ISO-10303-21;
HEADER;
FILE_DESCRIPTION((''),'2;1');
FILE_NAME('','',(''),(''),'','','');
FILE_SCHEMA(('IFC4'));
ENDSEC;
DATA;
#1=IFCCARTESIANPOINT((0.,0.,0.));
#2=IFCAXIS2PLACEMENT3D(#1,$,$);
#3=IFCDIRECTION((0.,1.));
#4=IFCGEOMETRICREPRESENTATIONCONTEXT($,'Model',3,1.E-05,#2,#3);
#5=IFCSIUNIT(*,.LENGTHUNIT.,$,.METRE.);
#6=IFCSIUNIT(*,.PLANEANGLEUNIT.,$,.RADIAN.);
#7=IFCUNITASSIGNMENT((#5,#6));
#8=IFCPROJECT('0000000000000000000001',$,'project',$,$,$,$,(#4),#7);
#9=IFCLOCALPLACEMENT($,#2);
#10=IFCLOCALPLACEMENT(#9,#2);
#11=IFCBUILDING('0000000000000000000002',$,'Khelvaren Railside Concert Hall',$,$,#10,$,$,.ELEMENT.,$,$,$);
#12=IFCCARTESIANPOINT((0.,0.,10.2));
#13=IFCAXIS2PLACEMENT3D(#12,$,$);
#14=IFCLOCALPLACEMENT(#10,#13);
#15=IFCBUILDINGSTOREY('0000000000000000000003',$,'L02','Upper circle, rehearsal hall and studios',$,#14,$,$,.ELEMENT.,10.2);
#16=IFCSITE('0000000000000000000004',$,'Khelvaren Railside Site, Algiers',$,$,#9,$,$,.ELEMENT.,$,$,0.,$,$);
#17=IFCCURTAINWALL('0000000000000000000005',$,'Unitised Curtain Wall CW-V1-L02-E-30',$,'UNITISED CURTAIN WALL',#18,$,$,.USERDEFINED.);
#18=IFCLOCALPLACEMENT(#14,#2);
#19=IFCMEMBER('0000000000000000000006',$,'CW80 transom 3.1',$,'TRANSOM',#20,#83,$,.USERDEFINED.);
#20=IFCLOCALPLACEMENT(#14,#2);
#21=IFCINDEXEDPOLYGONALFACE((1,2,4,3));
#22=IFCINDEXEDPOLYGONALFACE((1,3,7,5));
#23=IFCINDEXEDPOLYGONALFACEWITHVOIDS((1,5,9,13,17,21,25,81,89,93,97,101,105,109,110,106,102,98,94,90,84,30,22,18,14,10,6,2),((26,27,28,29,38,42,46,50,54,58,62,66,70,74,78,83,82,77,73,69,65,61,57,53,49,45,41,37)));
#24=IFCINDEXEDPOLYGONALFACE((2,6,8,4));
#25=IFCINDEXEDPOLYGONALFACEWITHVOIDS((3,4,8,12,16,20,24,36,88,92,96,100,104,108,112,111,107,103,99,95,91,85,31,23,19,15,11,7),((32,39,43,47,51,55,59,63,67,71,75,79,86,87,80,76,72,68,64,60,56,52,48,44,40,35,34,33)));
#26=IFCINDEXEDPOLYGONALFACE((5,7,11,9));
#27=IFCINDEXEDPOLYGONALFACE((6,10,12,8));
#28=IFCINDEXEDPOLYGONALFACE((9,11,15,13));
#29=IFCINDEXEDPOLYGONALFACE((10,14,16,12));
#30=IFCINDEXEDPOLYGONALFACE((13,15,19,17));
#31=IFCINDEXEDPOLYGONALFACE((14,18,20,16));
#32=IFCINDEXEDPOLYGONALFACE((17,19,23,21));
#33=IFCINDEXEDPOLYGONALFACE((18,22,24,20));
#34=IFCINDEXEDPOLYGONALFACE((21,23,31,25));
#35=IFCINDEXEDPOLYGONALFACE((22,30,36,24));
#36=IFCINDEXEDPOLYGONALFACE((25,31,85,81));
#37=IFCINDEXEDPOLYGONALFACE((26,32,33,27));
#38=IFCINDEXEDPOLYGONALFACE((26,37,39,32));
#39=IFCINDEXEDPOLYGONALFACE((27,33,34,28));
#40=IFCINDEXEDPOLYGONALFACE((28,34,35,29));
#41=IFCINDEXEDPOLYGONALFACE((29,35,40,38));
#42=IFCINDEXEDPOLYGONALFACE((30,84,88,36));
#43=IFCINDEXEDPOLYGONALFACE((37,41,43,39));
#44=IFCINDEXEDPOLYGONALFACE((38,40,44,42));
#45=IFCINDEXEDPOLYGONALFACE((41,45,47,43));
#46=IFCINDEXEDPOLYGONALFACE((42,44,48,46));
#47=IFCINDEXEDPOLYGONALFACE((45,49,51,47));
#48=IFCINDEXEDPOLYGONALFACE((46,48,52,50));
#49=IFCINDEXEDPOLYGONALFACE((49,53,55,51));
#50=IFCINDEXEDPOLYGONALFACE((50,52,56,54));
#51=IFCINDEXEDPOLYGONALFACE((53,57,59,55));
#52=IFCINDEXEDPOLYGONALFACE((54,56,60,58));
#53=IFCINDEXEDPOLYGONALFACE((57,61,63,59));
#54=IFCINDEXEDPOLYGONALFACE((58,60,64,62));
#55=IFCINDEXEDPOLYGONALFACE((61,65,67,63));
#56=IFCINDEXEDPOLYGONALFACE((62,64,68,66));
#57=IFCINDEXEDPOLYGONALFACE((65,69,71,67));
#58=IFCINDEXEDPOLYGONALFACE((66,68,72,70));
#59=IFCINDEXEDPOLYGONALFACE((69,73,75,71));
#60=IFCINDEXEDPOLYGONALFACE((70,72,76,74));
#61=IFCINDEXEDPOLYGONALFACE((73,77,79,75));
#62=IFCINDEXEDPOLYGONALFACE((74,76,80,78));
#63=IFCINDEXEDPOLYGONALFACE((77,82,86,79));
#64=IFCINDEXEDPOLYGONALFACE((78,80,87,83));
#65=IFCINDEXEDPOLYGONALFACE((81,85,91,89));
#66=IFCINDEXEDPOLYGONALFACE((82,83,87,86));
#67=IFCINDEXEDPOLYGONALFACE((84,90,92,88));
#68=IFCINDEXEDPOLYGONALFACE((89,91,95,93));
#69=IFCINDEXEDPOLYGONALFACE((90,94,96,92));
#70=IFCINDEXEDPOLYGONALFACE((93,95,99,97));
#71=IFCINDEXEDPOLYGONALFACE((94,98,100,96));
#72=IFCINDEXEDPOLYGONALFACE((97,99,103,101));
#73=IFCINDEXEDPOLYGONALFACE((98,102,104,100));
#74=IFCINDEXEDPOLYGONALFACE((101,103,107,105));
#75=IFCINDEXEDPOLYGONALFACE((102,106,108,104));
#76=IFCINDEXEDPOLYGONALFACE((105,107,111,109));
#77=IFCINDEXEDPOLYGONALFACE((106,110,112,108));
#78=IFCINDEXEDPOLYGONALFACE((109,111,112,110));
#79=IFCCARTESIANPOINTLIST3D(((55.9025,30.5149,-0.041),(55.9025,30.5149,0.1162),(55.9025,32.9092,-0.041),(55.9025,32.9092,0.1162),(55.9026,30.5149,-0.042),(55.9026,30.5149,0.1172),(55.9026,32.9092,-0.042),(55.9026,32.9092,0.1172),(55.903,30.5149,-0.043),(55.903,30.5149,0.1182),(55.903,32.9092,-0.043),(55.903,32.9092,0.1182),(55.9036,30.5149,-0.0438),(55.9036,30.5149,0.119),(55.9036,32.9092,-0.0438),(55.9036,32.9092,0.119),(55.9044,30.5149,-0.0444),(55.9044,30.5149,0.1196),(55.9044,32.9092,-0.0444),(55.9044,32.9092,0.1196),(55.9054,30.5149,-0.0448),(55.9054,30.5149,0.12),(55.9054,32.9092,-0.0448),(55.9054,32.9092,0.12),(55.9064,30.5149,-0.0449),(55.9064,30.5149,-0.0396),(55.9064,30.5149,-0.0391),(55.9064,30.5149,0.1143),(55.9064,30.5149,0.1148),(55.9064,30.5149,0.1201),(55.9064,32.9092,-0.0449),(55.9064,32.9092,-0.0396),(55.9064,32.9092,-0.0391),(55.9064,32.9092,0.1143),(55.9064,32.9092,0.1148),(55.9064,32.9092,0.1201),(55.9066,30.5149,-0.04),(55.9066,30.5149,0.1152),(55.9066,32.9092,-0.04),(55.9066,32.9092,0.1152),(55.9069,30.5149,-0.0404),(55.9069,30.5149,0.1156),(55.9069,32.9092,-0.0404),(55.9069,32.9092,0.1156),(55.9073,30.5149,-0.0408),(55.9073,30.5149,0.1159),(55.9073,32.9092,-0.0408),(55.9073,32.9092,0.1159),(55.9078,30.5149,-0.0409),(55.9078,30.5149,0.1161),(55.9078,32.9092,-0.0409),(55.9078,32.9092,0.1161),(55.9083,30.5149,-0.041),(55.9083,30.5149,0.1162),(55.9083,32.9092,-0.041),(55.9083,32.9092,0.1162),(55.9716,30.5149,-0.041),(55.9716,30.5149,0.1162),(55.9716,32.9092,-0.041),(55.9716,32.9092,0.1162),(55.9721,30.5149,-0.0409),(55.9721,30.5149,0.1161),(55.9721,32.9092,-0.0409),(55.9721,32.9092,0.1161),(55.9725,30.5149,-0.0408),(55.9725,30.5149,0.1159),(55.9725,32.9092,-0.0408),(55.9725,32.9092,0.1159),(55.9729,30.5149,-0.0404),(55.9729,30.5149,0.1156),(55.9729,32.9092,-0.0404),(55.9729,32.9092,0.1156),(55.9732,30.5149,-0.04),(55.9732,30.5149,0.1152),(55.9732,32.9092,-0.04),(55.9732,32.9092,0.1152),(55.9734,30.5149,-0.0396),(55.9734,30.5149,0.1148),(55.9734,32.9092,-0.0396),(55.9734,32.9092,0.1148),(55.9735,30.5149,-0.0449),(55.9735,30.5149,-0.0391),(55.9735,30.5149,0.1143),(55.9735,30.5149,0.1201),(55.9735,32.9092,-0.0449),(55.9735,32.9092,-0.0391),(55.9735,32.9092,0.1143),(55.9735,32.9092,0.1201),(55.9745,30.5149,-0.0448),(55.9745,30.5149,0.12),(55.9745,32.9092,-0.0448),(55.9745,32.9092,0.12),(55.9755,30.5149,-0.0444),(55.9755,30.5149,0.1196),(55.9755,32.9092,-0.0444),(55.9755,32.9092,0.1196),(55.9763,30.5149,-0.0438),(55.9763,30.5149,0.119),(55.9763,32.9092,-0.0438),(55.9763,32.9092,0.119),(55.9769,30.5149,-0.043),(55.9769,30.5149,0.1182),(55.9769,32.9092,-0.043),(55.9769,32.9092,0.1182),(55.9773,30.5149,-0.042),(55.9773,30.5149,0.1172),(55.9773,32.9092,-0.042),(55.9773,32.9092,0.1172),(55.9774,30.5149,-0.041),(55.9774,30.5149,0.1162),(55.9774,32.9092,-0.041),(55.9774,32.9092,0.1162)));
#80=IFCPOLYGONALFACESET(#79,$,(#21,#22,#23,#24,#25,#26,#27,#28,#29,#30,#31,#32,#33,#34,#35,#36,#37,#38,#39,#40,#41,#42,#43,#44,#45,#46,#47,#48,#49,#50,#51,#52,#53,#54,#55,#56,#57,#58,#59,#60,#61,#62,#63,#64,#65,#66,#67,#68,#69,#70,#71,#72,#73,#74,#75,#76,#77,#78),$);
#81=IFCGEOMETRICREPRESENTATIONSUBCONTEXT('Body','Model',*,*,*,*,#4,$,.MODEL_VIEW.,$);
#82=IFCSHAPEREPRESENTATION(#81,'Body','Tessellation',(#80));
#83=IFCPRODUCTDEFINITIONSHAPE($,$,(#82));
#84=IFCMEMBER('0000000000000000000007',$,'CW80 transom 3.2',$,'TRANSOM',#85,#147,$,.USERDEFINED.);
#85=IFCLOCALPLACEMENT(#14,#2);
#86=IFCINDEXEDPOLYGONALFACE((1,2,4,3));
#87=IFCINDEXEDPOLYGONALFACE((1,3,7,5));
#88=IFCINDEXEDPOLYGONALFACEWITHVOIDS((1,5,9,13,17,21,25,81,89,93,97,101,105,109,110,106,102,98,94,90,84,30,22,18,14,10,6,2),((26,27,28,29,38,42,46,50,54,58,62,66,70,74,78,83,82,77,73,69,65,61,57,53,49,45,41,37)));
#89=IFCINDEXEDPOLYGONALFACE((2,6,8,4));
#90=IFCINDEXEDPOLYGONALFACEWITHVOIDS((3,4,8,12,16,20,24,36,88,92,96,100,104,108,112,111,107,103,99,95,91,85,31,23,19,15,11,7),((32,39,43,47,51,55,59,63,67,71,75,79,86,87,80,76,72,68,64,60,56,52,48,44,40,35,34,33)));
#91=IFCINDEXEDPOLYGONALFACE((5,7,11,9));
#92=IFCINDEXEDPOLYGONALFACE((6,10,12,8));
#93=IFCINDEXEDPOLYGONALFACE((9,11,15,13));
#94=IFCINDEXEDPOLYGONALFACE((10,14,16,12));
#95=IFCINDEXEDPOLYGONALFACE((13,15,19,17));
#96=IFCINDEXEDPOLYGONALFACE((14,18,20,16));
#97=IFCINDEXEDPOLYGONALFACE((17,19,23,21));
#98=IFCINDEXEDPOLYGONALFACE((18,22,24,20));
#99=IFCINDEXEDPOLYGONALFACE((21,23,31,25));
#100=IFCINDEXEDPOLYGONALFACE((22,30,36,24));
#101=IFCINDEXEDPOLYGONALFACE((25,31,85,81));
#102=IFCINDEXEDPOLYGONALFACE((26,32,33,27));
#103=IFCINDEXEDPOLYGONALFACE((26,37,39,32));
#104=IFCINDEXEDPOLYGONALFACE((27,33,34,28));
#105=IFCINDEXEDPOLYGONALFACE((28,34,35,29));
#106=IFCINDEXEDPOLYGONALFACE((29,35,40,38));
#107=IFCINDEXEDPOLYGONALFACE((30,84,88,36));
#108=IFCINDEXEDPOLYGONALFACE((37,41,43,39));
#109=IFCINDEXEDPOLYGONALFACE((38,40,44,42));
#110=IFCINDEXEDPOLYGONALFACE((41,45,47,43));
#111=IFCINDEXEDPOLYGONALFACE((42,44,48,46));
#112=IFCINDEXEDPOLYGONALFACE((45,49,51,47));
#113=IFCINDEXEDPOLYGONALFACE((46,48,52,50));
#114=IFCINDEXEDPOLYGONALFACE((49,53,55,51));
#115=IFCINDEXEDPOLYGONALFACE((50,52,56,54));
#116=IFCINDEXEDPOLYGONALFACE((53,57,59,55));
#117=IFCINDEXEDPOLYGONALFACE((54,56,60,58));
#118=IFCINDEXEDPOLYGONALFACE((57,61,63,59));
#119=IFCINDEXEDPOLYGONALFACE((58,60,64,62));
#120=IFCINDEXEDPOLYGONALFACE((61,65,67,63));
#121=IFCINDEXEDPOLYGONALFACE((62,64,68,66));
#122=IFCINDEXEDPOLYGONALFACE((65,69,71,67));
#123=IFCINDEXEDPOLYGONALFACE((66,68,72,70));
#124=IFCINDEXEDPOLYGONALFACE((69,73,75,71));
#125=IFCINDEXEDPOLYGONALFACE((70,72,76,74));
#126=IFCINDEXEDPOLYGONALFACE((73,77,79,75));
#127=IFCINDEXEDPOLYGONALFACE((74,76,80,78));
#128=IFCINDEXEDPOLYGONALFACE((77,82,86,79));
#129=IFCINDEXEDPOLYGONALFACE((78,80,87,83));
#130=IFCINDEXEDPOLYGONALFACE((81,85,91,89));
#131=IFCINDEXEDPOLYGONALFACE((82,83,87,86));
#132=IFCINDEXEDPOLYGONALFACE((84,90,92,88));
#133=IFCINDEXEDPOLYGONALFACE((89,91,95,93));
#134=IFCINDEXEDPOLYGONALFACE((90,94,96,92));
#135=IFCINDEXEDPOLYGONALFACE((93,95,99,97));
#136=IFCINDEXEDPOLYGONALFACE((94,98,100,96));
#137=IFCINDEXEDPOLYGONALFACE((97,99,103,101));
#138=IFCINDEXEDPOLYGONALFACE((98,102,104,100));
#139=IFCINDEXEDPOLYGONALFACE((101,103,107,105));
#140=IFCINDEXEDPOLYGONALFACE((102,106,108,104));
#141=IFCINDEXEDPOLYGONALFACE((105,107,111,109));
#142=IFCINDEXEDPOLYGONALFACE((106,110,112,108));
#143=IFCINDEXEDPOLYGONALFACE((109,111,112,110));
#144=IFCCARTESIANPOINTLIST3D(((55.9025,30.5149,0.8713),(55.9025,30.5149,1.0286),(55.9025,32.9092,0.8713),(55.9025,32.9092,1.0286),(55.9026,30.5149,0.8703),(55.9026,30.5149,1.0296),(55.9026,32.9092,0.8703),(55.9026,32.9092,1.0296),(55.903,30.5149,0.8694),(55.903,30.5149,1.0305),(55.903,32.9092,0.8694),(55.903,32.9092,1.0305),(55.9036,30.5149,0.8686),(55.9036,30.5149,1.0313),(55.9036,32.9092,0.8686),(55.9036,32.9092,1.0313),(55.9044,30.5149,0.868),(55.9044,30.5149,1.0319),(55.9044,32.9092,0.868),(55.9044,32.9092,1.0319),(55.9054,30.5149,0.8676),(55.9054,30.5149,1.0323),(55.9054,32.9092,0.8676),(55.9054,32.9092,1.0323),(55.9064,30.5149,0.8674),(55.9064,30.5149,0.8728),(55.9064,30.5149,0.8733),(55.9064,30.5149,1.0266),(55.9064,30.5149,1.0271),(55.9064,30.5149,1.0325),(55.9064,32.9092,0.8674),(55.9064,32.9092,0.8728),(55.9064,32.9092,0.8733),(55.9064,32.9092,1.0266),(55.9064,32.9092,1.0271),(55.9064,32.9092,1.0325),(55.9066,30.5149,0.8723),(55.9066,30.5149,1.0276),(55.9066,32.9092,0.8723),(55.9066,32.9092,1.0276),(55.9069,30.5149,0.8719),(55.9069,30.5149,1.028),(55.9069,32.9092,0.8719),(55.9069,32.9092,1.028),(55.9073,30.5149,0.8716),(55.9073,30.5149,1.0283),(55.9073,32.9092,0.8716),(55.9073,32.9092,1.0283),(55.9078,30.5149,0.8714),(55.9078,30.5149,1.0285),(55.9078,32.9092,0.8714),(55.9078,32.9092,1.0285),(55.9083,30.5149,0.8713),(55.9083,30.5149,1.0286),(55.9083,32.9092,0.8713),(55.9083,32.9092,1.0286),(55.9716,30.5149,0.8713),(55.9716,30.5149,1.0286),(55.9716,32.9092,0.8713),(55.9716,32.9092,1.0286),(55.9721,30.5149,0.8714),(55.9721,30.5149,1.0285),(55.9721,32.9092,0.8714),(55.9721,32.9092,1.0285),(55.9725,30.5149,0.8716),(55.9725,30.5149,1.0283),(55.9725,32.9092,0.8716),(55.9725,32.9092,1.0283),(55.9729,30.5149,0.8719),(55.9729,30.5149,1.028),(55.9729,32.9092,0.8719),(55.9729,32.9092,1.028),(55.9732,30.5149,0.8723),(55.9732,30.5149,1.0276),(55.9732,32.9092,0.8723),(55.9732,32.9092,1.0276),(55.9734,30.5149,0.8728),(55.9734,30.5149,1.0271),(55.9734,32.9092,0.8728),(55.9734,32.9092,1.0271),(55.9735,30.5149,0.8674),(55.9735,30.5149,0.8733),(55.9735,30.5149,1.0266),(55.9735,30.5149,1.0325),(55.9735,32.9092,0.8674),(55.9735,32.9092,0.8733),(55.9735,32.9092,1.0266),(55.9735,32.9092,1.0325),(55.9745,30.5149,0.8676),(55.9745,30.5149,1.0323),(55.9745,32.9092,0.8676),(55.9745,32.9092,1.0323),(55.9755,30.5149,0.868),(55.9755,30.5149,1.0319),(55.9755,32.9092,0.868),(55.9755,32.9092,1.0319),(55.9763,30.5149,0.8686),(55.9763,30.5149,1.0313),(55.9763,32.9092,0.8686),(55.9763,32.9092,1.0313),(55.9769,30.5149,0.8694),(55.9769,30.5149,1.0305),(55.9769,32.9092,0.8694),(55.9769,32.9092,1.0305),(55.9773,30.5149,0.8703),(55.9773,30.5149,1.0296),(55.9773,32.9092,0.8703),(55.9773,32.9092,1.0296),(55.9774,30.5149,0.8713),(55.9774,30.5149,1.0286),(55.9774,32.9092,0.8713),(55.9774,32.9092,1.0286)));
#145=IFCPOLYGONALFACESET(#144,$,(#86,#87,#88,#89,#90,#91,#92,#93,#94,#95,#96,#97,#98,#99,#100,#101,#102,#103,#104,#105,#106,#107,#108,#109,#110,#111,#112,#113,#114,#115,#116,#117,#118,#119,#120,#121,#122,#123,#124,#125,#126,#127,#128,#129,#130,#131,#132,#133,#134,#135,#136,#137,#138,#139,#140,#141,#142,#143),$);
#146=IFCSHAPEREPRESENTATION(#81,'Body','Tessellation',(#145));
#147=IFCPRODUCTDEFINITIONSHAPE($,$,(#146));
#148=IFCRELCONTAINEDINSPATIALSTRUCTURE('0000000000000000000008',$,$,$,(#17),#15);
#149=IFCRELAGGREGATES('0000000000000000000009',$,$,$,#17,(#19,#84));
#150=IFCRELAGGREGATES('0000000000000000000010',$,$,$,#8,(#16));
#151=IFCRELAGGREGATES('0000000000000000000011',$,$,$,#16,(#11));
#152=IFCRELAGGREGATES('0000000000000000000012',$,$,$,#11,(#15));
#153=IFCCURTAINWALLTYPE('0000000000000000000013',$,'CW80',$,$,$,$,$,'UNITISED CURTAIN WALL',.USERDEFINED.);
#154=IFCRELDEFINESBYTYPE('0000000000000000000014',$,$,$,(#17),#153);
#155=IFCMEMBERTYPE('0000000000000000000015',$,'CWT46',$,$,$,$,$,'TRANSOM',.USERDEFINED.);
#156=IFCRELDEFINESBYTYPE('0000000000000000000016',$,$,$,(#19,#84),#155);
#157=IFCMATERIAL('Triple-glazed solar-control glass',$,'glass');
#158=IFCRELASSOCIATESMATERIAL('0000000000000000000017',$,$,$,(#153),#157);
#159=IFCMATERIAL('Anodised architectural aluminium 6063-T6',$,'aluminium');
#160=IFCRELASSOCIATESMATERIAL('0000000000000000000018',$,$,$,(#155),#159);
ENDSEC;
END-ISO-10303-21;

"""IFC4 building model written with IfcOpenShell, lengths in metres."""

from ifc_helpers import new_model, si_unit, direction, frame, origin, origin_2d, place, context, subcontext, project, spatial, hollow_rectangle, extrude, material, material_profile, profile_set, type_object, element, aggregate, save


model = new_model("IFC4")

# Units and contexts
model_context = context("Model", 3, precision=1e-05, world=origin(), true_north=direction((0.0, 1.0)))
body_context = subcontext(model_context, "Body", "Model", "MODEL_VIEW")
ifc_project = project(units=[si_unit("LENGTHUNIT", "METRE"), si_unit("PLANEANGLEUNIT", "RADIAN")], contexts=[model_context])

# Site, building, storey
site_placement = place(None, origin())
site = spatial("IfcSite", under=ifc_project, at=site_placement, Name="Khelvaren Railside Site, Algiers", CompositionType="ELEMENT", RefElevation=0.0)
building_placement = place(site_placement, origin())
building = spatial("IfcBuilding", under=site, at=building_placement, Name="Khelvaren Railside Concert Hall", CompositionType="ELEMENT")
storey_placement = place(building_placement, frame((0.0, 0.0, 10.2)))
storey = spatial("IfcBuildingStorey", under=building, at=storey_placement, Name="L02", Description="Upper circle, rehearsal hall and studios", CompositionType="ELEMENT", Elevation=10.2)

# Curtain wall
ifc_material_1 = material(Name="Triple-glazed solar-control glass", Category="glass")
curtain_wall_type_1 = type_object("IfcCurtainWallType", Name="CW80", ElementType="UNITISED CURTAIN WALL", PredefinedType="USERDEFINED", material=ifc_material_1)
curtain_wall_1_placement = place(storey_placement, origin())
curtain_wall_1 = element("IfcCurtainWall", 1, at=curtain_wall_1_placement, inside=storey, type_object=curtain_wall_type_1, Name="Unitised Curtain Wall CW-V1-L02-E-30", ObjectType="UNITISED CURTAIN WALL", PredefinedType="USERDEFINED")
ifc_material_2 = material(Name="Anodised architectural aluminium 6063-T6", Category="aluminium")

# Members
ifc_material_profile_1 = material_profile(ifc_material_2, hollow_rectangle(XDim=0.075, YDim=0.165, WallThickness=0.0039, InnerFilletRadius=0.002, OuterFilletRadius=0.0039, at=origin_2d()), Name="CWT 75x165x4")
ifc_profile_set_1 = profile_set([ifc_material_profile_1], Name="Anodised architectural aluminium 6063-T6")
member_type_1 = type_object("IfcMemberType", Name="CWT46", ElementType="TRANSOM", PredefinedType="USERDEFINED", material=ifc_profile_set_1)
member_1_placement = place(storey_placement, frame((55.9399, 32.9092, 0.0376), z_axis=(0.0, -1.0, 0.0), x_axis=(1.0, 0.0, 0.0)))
member_1 = element("IfcMember", 2, at=member_1_placement, type_object=member_type_1, Name="CW80 transom 3.1", ObjectType="TRANSOM", PredefinedType="USERDEFINED", context=body_context, shape_type="SweptSolid", body=[
    extrude(hollow_rectangle(XDim=0.075, YDim=0.165, WallThickness=0.0039, InnerFilletRadius=0.002, OuterFilletRadius=0.0039, at=origin_2d()), origin(), (0.0, 0.0, 1.0), 2.3943),
])
member_2_placement = place(storey_placement, frame((55.9399, 32.9092, 0.95), z_axis=(0.0, -1.0, 0.0), x_axis=(1.0, 0.0, 0.0)))
member_2 = element("IfcMember", 3, at=member_2_placement, type_object=member_type_1, Name="CW80 transom 3.2", ObjectType="TRANSOM", PredefinedType="USERDEFINED", context=body_context, shape_type="SweptSolid", body=[
    extrude(hollow_rectangle(XDim=0.075, YDim=0.165, WallThickness=0.0039, InnerFilletRadius=0.002, OuterFilletRadius=0.0039, at=origin_2d()), origin(), (0.0, 0.0, 1.0), 2.3943),
])

aggregate(curtain_wall_1, [member_1, member_2])

save(model, "model.ifc")
